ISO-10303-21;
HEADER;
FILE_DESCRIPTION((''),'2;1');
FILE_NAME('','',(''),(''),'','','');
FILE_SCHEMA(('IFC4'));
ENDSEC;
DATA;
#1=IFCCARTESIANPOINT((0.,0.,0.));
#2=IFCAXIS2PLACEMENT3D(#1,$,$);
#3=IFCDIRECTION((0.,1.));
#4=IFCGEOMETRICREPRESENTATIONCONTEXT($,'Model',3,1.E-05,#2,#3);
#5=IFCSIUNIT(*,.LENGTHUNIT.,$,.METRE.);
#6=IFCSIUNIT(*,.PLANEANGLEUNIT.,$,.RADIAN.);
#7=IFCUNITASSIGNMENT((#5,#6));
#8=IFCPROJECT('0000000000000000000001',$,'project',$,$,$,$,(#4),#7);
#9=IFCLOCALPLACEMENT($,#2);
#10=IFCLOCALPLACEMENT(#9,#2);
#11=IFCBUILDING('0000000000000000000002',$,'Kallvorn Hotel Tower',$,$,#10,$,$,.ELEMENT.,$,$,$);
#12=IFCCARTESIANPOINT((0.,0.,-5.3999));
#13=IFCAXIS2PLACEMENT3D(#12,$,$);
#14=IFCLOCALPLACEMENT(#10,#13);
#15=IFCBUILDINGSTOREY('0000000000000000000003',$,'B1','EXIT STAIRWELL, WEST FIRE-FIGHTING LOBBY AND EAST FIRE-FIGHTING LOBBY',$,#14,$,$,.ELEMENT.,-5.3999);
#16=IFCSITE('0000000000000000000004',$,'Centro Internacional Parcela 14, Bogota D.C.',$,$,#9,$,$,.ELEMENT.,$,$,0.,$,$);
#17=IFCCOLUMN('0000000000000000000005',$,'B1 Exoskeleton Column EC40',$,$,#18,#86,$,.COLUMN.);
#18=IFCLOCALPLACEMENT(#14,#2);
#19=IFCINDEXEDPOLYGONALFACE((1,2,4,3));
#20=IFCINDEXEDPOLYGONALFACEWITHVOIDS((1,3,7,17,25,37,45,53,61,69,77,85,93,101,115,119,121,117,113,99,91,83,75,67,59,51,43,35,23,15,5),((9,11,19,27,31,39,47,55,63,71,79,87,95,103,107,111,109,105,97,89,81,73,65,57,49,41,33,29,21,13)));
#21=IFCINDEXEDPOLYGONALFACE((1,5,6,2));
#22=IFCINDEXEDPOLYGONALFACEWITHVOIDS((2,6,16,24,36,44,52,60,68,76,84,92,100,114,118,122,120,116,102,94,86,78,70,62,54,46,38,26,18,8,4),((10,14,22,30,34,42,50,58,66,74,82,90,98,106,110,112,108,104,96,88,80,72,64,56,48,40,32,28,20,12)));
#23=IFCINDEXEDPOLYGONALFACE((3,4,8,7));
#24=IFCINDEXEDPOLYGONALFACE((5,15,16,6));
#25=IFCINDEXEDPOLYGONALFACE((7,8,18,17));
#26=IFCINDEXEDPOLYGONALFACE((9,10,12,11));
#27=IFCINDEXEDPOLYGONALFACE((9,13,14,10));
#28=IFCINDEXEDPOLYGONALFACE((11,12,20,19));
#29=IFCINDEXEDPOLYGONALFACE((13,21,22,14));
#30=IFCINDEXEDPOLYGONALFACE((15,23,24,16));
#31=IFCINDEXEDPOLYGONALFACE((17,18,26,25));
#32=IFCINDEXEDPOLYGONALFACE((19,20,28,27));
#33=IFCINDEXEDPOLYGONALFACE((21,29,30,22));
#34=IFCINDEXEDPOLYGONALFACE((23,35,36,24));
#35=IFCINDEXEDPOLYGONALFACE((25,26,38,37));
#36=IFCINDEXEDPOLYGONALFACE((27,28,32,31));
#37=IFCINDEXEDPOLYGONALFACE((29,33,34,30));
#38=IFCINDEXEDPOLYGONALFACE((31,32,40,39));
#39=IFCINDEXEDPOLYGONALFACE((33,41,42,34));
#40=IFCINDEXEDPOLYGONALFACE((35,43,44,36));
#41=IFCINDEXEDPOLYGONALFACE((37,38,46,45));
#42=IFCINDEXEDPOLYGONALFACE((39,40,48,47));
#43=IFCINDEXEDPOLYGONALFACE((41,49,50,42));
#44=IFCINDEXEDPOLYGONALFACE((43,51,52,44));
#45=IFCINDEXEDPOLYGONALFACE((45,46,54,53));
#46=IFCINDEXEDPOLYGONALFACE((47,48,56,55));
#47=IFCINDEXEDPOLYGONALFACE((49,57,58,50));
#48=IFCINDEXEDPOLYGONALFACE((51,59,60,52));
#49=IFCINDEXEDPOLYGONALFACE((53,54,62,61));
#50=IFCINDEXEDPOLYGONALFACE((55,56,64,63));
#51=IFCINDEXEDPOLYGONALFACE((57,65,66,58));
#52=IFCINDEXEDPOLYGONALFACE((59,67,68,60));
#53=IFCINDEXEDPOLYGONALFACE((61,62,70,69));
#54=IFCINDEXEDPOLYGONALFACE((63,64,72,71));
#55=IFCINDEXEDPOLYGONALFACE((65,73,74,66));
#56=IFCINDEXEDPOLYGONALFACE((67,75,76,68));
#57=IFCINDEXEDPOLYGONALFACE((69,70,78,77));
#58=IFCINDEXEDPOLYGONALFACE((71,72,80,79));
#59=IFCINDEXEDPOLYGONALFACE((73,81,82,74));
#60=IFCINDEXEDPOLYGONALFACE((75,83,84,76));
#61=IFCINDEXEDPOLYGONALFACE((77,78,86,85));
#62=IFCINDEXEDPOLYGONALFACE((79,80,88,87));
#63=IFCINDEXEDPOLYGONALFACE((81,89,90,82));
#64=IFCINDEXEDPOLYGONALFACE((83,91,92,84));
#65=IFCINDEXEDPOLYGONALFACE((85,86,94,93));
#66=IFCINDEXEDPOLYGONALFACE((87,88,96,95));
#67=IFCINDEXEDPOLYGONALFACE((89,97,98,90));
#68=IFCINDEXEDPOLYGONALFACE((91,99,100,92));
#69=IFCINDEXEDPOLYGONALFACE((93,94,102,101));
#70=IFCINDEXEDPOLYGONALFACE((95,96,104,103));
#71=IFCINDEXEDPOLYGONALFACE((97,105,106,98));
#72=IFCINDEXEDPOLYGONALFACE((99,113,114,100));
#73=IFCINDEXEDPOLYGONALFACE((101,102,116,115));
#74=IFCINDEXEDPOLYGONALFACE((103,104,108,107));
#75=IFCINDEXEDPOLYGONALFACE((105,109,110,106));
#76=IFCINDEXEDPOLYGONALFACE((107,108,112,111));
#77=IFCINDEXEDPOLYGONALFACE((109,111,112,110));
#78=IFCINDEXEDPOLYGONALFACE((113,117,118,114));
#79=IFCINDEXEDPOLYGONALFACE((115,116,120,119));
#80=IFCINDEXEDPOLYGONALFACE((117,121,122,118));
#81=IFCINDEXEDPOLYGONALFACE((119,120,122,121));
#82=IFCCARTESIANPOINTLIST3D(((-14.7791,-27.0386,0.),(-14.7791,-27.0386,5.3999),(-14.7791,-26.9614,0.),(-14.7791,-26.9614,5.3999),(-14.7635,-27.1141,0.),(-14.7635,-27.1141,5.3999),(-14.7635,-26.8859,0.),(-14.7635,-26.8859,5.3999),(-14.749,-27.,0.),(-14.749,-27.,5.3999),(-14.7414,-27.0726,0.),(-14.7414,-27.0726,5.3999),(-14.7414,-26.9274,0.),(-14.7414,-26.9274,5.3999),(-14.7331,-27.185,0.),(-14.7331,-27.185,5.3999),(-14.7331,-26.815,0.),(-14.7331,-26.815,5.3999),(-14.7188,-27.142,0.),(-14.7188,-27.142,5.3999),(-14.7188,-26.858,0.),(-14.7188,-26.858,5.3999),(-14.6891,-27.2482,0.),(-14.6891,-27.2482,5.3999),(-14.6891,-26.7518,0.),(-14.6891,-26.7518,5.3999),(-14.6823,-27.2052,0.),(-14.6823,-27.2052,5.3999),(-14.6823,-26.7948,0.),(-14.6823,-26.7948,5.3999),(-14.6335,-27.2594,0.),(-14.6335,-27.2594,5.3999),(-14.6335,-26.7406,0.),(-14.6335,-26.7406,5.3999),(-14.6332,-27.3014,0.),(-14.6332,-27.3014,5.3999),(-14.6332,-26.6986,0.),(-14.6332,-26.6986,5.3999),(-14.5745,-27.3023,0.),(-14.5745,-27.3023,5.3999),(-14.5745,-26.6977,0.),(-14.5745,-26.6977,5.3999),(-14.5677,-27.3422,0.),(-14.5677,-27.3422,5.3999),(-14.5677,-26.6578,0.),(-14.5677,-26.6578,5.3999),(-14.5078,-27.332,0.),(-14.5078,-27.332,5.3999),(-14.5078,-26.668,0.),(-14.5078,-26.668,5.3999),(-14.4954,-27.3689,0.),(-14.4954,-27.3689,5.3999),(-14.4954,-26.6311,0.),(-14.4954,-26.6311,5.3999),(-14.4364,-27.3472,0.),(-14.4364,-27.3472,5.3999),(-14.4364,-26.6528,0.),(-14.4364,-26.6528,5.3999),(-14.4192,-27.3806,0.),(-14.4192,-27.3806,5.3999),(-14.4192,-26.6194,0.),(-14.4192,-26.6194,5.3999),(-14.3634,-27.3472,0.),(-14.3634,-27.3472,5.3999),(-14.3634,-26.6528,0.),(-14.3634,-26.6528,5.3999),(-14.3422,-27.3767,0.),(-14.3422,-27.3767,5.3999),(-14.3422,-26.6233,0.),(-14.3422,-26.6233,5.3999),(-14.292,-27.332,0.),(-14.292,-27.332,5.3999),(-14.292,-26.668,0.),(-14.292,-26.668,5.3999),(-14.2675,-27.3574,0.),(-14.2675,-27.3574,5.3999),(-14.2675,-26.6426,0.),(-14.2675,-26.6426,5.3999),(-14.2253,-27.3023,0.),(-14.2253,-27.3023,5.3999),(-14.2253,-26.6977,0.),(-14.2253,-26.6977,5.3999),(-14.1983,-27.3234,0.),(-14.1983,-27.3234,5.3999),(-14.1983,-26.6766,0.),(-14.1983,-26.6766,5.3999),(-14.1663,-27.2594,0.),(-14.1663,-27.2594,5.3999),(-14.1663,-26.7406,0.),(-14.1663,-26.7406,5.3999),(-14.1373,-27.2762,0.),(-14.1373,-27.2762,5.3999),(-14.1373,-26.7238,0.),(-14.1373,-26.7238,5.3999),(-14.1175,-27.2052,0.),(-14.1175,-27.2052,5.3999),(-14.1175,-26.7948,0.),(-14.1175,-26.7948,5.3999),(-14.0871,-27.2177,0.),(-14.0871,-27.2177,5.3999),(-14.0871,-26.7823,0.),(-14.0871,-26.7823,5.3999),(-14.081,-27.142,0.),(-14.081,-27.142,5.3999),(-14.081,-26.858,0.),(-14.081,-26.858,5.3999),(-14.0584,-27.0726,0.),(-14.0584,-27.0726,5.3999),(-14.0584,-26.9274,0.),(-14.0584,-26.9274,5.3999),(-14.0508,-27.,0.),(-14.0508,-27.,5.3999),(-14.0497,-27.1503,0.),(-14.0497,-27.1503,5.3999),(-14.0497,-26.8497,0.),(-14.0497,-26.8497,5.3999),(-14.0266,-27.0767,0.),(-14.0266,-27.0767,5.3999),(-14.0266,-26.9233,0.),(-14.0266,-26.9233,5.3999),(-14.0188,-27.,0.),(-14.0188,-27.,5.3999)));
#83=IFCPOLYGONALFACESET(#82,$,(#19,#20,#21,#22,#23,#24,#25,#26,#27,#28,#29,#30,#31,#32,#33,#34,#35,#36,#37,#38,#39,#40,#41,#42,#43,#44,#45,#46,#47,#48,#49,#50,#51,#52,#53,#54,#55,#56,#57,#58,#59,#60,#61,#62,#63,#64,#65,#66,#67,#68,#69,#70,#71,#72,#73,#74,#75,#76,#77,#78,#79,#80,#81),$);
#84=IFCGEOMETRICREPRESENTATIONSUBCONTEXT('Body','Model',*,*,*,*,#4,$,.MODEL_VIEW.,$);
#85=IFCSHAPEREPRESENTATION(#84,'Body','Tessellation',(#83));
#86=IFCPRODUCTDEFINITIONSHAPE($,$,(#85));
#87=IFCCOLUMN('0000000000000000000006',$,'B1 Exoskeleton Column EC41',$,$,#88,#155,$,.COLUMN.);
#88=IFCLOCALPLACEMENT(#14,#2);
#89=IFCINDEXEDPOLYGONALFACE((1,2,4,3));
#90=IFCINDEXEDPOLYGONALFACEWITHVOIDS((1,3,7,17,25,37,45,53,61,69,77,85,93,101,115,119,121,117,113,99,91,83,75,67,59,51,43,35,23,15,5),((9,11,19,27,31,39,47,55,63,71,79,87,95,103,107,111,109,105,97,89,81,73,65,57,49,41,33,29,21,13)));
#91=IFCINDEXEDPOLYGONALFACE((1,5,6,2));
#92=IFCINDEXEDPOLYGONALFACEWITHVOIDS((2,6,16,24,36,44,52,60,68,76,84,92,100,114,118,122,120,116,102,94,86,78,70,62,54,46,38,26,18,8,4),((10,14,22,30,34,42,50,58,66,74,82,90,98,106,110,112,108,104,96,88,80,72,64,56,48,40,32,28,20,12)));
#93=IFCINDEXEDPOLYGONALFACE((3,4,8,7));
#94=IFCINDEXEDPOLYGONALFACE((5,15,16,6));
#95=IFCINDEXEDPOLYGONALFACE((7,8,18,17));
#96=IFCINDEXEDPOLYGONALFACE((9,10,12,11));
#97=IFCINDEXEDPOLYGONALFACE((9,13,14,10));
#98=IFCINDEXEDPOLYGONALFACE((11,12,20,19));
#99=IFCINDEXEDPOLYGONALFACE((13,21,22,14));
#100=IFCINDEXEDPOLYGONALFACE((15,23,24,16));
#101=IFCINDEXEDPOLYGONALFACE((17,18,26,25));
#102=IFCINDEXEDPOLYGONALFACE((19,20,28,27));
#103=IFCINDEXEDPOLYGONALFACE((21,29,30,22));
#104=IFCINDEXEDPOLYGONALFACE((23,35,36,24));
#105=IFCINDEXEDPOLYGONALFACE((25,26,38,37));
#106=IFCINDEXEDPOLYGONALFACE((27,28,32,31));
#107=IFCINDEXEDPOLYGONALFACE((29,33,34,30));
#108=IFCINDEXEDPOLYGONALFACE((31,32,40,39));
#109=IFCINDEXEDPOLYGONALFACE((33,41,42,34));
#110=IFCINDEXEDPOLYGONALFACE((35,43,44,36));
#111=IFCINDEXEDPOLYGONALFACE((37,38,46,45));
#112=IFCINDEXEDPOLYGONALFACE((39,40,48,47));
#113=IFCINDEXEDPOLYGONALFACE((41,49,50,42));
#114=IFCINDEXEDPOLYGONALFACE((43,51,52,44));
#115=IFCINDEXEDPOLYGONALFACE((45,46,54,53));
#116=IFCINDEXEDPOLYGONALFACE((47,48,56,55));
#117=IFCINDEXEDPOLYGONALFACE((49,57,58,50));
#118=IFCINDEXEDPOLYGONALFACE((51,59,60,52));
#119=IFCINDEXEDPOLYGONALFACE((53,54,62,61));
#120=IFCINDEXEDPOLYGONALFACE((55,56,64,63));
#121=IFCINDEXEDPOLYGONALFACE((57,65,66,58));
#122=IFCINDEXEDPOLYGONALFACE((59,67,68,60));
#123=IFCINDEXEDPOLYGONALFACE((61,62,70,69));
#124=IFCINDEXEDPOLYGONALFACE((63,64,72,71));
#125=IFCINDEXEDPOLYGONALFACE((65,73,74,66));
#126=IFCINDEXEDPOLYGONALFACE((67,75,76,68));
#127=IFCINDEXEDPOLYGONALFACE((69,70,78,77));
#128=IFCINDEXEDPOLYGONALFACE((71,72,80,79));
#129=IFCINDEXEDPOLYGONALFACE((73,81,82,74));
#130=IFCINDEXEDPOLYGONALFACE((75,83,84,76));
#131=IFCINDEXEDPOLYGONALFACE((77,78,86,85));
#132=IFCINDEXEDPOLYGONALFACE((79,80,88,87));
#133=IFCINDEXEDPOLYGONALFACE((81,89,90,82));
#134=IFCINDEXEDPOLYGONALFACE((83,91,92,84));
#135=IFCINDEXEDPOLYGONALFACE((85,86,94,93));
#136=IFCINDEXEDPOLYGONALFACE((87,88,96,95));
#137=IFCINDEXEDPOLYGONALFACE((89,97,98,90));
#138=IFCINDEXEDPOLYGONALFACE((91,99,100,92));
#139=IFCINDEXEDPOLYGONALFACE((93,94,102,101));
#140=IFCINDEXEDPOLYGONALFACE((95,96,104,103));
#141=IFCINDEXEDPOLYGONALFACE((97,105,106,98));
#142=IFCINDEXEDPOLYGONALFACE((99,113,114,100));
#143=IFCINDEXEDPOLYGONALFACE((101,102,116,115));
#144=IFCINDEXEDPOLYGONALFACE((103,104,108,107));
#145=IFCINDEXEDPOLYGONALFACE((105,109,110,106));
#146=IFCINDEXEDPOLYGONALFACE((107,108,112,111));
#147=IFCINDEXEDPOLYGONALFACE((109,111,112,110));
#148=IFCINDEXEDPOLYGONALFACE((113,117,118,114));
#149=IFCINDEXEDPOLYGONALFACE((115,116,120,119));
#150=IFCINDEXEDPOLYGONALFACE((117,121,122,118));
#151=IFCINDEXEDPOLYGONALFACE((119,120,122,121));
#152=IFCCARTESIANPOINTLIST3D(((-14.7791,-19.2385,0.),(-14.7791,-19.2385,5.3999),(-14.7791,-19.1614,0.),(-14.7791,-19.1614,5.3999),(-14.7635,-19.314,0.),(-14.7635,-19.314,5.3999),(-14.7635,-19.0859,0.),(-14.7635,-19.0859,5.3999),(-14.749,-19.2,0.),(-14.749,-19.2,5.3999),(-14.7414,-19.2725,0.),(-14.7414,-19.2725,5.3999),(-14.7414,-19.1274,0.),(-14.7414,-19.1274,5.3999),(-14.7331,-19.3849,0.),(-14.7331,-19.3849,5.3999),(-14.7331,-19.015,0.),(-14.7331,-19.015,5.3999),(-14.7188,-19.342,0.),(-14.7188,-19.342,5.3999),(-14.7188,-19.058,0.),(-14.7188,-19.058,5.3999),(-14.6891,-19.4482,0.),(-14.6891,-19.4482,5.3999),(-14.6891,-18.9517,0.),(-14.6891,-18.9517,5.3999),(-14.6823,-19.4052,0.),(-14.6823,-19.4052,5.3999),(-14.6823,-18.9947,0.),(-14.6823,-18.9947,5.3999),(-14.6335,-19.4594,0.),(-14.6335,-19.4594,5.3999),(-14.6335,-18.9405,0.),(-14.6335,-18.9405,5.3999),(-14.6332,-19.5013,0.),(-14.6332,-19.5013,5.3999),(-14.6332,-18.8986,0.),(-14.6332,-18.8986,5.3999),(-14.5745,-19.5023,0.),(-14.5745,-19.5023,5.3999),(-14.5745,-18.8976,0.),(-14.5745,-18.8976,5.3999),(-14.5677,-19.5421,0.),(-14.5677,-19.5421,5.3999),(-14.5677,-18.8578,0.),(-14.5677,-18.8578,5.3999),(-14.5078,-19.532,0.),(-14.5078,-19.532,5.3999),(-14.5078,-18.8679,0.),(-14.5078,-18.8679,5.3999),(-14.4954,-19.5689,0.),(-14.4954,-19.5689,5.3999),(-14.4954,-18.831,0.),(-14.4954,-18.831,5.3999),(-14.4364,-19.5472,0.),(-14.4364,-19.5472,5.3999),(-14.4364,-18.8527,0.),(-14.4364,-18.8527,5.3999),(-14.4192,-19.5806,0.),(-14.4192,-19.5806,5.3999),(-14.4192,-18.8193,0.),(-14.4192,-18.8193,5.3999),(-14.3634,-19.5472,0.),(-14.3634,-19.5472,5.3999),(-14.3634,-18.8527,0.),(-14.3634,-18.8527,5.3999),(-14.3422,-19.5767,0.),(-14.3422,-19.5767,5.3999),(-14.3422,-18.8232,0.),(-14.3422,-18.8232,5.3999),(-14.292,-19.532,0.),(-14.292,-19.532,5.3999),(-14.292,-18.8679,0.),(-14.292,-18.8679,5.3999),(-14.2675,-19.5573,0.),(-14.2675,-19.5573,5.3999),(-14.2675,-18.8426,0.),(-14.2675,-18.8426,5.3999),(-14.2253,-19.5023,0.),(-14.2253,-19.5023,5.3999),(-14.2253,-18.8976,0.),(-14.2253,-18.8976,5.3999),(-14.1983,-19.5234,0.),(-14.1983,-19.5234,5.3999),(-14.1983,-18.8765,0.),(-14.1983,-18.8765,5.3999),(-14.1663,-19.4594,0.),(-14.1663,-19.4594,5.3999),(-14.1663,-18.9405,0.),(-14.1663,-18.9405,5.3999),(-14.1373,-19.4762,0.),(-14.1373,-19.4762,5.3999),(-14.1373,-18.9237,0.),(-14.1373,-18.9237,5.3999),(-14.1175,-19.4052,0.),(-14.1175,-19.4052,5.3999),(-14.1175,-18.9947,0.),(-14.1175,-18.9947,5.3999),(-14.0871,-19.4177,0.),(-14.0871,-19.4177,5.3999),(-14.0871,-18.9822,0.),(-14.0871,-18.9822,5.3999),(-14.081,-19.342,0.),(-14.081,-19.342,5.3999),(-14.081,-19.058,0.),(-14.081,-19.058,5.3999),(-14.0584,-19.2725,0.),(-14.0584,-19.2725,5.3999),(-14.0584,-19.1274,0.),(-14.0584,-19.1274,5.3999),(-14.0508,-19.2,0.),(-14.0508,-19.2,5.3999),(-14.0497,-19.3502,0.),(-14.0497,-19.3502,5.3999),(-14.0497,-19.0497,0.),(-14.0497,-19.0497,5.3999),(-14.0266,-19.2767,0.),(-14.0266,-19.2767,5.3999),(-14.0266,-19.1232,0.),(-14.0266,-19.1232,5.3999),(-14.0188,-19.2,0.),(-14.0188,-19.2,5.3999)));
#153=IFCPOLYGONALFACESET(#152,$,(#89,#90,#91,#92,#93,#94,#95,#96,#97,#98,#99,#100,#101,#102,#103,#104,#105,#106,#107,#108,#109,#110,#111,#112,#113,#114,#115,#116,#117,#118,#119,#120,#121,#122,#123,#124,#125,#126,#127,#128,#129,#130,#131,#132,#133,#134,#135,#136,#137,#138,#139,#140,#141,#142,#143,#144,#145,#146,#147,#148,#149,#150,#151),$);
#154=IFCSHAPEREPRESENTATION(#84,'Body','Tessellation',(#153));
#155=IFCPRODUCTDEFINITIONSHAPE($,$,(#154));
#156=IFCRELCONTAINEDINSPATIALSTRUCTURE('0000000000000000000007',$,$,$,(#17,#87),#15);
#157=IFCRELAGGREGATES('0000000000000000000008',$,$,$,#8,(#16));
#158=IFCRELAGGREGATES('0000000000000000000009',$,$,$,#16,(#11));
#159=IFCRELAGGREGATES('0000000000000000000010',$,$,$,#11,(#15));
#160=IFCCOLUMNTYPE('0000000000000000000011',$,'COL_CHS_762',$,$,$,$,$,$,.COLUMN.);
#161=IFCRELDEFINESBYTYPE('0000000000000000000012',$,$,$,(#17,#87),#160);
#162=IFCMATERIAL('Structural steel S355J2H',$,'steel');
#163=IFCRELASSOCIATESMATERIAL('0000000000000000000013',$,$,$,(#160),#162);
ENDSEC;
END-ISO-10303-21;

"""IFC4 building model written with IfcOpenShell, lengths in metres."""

from ifc_helpers import new_model, si_unit, direction, frame, origin, origin_2d, place, context, subcontext, project, spatial, hollow_circle, extrude, material, material_profile, profile_set, type_object, element, save


model = new_model("IFC4")

# Units and contexts
model_context = context("Model", 3, precision=1e-05, world=origin(), true_north=direction((0.0, 1.0)))
body_context = subcontext(model_context, "Body", "Model", "MODEL_VIEW")
ifc_project = project(units=[si_unit("LENGTHUNIT", "METRE"), si_unit("PLANEANGLEUNIT", "RADIAN")], contexts=[model_context])

# Site, building, storey
site_placement = place(None, origin())
site = spatial("IfcSite", under=ifc_project, at=site_placement, Name="Centro Internacional Parcela 14, Bogota D.C.", CompositionType="ELEMENT", RefElevation=0.0)
building_placement = place(site_placement, origin())
building = spatial("IfcBuilding", under=site, at=building_placement, Name="Kallvorn Hotel Tower", CompositionType="ELEMENT")
storey_placement = place(building_placement, frame((0.0, 0.0, -5.3999)))
storey = spatial("IfcBuildingStorey", under=building, at=storey_placement, Name="B1", Description="EXIT STAIRWELL, WEST FIRE-FIGHTING LOBBY AND EAST FIRE-FIGHTING LOBBY", CompositionType="ELEMENT", Elevation=-5.3999)

# Columns
ifc_material_1 = material(Name="Structural steel S355J2H", Category="steel")
ifc_material_profile_1 = material_profile(ifc_material_1, hollow_circle(Radius=0.3811, WallThickness=0.032, at=origin_2d()), Name="CHS 762x32")
ifc_profile_set_1 = profile_set([ifc_material_profile_1], Name="Structural steel S355J2H")
column_type_1 = type_object("IfcColumnType", Name="COL_CHS_762", PredefinedType="COLUMN", material=ifc_profile_set_1)
for number, where, z_axis, x_axis, name in (
    (1, (-14.3999, -27.0, 0.0), (0.0, 0.0, 1.0), (1.0, 0.0, 0.0), "B1 Exoskeleton Column EC40"),
    (2, (-14.3999, -19.2, 0.0), (0.0, 0.0, 1.0), (1.0, 0.0, 0.0), "B1 Exoskeleton Column EC41"),
):
    element("IfcColumn", number, at=place(storey_placement, frame(where, z_axis=z_axis, x_axis=x_axis)), inside=storey, type_object=column_type_1, Name=name, PredefinedType="COLUMN", context=body_context, shape_type="SweptSolid", body=[
        extrude(hollow_circle(Radius=0.3811, WallThickness=0.032, at=origin_2d()), origin(), (0.0, 0.0, 1.0), 5.3999),
    ])

save(model, "model.ifc")
